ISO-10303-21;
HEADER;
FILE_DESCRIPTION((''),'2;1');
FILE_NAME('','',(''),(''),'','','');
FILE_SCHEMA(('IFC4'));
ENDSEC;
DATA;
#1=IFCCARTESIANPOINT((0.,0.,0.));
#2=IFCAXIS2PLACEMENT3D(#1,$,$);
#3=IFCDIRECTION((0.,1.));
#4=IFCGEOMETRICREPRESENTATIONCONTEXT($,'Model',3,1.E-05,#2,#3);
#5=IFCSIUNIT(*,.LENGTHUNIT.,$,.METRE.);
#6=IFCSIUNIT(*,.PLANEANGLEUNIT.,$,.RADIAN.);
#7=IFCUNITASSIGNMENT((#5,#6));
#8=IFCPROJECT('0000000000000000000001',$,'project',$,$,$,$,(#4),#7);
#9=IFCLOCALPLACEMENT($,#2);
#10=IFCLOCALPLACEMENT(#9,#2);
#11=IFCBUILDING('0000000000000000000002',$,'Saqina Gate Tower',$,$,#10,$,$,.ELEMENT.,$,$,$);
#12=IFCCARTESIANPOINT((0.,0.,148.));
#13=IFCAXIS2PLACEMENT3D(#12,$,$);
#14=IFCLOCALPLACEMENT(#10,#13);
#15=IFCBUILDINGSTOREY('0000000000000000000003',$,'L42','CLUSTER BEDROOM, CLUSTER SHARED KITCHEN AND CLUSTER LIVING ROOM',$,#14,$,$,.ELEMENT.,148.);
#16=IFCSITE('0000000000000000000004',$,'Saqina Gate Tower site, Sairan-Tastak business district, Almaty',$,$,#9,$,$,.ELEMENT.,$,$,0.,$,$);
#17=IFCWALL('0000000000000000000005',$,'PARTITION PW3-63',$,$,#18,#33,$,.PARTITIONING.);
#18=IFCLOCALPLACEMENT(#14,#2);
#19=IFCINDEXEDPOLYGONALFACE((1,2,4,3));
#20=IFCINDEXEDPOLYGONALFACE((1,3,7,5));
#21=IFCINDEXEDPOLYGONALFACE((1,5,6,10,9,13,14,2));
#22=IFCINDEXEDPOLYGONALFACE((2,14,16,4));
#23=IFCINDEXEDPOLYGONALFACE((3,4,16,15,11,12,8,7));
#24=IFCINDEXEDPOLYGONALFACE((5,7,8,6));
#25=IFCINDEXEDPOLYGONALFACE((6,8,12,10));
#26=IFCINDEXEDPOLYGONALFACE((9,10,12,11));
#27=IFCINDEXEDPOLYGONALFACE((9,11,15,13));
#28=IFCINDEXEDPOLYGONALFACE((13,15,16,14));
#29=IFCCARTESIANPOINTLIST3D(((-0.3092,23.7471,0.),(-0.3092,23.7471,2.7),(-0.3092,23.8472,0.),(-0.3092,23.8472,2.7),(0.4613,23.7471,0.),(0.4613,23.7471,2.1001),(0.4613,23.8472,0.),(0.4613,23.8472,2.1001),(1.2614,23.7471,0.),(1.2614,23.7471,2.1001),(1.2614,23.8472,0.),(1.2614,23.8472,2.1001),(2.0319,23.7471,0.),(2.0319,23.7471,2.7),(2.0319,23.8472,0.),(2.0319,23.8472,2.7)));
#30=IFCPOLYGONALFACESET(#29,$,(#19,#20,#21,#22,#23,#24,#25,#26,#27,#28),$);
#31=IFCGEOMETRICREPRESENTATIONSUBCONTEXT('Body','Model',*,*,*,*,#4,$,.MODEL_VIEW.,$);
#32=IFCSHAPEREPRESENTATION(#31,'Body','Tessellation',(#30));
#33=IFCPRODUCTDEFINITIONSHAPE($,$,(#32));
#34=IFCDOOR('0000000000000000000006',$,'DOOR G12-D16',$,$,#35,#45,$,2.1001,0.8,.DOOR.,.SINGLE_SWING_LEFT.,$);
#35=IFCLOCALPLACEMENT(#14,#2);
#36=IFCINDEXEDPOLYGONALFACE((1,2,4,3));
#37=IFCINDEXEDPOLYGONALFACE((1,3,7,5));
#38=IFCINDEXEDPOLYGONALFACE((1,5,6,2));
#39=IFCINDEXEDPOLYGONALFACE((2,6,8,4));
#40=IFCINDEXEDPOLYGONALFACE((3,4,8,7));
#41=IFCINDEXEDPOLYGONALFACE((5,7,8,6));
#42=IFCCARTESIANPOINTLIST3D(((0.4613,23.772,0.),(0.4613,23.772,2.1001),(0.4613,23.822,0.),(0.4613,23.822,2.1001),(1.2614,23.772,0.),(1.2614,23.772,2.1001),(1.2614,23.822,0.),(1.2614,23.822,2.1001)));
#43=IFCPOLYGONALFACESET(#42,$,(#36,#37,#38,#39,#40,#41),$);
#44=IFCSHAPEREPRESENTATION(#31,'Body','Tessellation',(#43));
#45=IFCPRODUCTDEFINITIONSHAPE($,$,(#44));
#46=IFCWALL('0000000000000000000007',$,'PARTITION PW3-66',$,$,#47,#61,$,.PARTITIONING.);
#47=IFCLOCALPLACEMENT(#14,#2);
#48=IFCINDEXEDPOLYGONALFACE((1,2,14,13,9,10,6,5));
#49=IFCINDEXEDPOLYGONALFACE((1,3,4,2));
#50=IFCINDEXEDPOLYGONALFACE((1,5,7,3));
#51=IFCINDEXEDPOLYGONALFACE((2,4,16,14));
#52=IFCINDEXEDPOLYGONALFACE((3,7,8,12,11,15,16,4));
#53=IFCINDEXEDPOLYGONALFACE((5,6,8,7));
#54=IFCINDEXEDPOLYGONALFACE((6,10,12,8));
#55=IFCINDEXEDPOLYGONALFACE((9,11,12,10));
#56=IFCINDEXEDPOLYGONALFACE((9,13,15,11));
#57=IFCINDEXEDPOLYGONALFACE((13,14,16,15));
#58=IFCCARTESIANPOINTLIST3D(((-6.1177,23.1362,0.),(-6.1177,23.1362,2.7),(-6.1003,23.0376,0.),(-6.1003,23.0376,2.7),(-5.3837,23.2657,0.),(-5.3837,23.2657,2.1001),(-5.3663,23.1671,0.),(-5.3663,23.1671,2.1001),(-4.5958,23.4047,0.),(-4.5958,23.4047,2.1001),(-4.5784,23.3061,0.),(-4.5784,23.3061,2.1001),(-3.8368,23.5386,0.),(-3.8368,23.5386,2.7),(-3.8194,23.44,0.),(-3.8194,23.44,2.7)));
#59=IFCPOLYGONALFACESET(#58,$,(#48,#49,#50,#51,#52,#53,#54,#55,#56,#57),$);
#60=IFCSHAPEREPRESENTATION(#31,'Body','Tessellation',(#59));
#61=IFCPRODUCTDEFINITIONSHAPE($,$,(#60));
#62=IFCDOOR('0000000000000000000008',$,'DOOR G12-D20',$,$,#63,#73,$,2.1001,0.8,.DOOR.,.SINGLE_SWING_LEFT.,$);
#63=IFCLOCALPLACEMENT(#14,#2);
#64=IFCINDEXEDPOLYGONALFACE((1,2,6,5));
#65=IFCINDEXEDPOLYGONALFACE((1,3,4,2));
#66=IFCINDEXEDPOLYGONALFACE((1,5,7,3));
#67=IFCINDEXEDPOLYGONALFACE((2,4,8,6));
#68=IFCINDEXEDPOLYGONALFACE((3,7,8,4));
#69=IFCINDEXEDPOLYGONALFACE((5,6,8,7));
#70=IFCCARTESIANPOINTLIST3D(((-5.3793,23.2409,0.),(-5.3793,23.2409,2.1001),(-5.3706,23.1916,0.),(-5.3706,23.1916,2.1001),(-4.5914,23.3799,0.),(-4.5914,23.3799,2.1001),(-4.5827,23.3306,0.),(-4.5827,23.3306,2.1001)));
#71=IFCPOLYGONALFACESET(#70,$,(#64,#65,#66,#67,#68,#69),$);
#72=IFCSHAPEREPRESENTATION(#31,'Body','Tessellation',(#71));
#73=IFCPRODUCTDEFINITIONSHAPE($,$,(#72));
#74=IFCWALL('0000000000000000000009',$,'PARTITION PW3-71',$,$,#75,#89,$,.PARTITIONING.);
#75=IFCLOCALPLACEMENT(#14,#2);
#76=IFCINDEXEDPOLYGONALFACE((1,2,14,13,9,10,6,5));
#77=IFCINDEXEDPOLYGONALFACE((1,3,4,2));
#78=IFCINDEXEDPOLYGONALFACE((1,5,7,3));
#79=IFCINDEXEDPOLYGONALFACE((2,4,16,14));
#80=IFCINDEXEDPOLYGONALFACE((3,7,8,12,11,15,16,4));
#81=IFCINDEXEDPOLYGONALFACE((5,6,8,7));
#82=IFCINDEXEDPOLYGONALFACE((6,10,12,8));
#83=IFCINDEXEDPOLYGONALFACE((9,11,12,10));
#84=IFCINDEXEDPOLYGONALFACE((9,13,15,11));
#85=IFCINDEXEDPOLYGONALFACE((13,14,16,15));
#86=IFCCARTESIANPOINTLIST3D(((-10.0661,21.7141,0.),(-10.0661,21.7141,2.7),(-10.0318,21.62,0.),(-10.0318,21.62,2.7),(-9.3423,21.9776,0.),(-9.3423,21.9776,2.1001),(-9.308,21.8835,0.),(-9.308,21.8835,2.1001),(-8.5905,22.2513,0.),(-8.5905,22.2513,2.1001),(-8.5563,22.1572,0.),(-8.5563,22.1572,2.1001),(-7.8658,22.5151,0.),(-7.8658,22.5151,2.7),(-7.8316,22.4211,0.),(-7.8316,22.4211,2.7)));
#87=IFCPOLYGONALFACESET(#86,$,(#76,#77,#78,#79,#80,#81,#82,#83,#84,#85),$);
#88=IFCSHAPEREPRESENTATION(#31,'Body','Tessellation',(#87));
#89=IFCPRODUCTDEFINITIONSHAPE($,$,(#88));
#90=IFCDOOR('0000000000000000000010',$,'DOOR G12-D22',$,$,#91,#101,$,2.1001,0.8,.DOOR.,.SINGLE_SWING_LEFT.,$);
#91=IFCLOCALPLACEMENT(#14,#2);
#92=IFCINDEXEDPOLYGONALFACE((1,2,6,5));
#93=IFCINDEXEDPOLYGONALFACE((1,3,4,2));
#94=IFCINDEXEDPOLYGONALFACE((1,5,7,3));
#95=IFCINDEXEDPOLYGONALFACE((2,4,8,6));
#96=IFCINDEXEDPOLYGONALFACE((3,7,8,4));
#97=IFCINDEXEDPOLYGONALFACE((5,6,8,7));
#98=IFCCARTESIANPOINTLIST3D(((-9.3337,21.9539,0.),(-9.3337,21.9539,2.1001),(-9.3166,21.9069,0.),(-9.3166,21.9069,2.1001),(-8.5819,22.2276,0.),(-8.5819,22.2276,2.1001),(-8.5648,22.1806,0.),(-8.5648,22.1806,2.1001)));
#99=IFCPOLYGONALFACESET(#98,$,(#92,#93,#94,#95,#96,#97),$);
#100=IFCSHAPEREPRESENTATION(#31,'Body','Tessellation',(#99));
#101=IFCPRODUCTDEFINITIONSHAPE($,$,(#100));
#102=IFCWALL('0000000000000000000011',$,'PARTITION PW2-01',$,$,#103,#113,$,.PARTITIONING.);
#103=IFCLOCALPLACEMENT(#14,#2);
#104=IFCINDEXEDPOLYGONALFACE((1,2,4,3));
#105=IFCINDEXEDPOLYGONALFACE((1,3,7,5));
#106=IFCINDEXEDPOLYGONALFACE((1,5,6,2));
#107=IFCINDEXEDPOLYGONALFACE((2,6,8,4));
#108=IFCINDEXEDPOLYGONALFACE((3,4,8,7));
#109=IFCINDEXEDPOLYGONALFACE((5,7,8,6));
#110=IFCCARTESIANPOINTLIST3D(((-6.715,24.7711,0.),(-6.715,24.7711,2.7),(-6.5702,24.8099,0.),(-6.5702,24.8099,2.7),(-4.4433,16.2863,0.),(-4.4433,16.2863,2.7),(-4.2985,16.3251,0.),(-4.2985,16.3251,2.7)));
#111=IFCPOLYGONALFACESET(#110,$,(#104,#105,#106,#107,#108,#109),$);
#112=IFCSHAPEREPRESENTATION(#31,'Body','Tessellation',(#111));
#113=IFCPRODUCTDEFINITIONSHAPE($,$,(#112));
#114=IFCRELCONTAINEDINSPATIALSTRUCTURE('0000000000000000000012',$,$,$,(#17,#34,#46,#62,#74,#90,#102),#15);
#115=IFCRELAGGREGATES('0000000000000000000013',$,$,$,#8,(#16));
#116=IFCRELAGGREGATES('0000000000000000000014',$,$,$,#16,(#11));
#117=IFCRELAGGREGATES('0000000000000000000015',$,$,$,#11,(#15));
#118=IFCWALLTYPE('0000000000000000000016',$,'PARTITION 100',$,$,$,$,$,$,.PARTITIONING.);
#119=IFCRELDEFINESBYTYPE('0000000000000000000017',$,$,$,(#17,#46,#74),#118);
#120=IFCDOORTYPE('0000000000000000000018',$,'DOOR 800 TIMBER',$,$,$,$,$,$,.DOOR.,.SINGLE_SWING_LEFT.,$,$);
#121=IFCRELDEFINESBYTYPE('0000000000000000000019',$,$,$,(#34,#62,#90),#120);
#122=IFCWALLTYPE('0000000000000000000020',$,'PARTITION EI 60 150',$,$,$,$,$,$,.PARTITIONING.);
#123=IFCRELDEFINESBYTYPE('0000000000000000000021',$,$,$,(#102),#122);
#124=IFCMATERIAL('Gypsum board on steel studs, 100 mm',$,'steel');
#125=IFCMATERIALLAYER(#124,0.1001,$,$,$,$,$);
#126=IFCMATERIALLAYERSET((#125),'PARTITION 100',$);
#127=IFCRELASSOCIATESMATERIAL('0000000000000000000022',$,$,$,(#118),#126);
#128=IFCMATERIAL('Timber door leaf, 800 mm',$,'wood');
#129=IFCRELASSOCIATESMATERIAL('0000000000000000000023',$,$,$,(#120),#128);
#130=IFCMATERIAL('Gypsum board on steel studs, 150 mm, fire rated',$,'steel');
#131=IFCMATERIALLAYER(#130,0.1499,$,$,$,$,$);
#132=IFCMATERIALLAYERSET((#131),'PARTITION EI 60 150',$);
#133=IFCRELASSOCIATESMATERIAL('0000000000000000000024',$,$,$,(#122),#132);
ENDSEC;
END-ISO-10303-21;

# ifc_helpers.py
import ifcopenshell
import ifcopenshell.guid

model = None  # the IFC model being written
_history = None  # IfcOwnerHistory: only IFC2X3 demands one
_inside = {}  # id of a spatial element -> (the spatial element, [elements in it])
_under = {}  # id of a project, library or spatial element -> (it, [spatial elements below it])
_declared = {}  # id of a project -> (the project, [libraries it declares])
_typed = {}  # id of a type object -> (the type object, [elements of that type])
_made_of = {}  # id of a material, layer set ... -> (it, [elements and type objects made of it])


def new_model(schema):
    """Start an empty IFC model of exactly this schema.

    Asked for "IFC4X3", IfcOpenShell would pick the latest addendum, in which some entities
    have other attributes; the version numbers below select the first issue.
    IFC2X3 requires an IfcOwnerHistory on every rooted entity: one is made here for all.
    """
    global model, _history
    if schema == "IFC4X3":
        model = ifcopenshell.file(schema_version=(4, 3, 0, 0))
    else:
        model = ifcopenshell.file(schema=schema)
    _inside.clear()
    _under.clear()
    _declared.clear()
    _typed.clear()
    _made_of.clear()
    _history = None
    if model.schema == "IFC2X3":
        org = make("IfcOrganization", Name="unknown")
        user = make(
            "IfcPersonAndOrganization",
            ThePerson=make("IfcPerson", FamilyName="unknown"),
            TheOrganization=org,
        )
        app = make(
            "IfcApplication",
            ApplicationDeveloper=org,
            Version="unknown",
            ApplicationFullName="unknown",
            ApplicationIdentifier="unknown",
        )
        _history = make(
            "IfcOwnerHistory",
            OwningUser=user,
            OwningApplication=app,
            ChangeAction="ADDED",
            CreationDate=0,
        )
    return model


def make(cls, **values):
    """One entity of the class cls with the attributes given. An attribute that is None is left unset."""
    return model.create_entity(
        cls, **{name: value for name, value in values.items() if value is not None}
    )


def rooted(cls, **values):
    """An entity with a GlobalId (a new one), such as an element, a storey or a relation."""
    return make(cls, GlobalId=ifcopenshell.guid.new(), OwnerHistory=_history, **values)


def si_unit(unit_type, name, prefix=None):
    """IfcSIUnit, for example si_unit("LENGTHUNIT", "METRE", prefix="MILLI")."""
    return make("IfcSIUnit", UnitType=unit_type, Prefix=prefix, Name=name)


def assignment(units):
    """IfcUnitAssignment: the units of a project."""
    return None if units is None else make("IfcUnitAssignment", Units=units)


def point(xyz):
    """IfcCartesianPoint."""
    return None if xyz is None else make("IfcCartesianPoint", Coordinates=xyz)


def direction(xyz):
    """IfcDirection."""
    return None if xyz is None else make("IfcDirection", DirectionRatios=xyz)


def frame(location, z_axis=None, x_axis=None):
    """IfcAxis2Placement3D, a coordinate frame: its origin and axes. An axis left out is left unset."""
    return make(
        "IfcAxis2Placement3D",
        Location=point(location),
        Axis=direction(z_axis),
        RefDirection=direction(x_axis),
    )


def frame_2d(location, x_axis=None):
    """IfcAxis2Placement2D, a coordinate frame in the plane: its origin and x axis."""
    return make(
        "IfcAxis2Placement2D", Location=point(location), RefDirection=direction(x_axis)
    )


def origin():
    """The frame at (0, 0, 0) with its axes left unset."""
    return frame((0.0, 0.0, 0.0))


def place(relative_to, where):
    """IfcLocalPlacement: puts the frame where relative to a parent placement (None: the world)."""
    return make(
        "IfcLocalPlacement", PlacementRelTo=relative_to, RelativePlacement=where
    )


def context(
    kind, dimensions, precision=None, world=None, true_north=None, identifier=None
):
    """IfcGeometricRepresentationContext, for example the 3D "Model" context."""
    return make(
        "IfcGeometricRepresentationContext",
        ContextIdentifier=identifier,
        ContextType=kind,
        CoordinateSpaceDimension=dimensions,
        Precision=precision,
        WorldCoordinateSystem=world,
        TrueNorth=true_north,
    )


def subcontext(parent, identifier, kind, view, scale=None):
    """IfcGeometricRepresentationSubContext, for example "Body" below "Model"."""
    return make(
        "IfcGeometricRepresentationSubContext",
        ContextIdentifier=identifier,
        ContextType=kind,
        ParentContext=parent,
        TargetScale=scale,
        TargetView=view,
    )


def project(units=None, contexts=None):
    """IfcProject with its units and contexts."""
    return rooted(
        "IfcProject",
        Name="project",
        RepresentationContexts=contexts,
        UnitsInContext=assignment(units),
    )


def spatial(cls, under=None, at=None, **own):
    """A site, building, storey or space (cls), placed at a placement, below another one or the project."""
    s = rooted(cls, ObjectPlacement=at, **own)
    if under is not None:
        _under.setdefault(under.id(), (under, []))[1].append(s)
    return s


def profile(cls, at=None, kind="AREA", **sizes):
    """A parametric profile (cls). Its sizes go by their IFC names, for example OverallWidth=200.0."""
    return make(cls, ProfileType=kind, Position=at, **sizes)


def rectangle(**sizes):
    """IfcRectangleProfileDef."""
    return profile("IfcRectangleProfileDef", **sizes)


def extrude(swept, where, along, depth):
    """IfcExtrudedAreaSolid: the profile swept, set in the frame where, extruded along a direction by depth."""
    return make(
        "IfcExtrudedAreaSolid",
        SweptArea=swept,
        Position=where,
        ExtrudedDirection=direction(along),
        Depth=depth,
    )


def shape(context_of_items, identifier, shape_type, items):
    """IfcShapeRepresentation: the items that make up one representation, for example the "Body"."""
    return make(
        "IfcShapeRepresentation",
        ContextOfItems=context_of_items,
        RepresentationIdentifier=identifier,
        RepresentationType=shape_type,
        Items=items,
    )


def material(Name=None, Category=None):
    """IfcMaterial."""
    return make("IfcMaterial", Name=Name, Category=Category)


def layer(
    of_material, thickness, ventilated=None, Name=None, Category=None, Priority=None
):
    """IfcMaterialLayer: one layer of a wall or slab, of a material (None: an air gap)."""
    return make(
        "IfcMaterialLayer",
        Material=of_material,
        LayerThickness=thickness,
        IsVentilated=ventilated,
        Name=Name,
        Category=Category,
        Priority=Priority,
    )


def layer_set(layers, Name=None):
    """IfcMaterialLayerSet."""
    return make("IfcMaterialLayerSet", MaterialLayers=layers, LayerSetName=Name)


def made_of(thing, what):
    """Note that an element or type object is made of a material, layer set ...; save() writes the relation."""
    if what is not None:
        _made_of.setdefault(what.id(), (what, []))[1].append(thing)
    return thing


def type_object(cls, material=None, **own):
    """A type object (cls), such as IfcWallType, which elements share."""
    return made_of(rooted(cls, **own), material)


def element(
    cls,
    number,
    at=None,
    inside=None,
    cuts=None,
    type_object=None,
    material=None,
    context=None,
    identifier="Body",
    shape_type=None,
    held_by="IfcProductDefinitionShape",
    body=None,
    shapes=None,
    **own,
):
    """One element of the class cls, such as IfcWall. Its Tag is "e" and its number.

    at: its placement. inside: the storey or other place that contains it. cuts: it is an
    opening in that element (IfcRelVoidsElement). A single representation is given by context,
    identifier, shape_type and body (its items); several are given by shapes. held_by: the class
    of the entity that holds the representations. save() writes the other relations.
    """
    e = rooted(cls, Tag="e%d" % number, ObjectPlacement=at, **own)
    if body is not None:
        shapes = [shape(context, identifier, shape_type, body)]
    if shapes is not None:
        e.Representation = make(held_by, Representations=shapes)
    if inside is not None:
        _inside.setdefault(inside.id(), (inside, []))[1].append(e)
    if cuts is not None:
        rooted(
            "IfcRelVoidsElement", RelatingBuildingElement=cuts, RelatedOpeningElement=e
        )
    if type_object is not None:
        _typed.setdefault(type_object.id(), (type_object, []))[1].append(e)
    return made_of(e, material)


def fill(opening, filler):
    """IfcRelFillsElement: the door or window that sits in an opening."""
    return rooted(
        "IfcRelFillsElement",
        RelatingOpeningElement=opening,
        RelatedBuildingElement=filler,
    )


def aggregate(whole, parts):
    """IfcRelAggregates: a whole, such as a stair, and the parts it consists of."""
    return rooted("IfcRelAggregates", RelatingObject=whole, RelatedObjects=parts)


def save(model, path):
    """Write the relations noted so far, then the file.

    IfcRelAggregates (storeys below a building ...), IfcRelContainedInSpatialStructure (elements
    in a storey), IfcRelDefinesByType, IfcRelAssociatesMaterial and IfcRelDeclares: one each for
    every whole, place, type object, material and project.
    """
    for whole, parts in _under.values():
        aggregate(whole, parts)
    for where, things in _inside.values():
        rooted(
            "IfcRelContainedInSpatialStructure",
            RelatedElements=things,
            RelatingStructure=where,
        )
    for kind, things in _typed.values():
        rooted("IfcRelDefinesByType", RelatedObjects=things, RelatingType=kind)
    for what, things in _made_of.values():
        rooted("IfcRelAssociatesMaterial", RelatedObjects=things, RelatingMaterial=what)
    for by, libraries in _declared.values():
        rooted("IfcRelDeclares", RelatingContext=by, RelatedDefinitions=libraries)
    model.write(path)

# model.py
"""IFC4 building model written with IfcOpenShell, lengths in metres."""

from ifc_helpers import new_model, si_unit, direction, frame, frame_2d, origin, place, context, subcontext, project, spatial, rectangle, extrude, material, layer, layer_set, type_object, element, fill, save


model = new_model("IFC4")

# Units and contexts
model_context = context("Model", 3, precision=1e-05, world=origin(), true_north=direction((0.0, 1.0)))
body_context = subcontext(model_context, "Body", "Model", "MODEL_VIEW")
ifc_project = project(units=[si_unit("LENGTHUNIT", "METRE"), si_unit("PLANEANGLEUNIT", "RADIAN")], contexts=[model_context])

# Site, building, storey
site_placement = place(None, origin())
site = spatial("IfcSite", under=ifc_project, at=site_placement, Name="Saqina Gate Tower site, Sairan-Tastak business district, Almaty", CompositionType="ELEMENT", RefElevation=0.0)
building_placement = place(site_placement, origin())
building = spatial("IfcBuilding", under=site, at=building_placement, Name="Saqina Gate Tower", CompositionType="ELEMENT")
storey_placement = place(building_placement, frame((0.0, 0.0, 148.0)))
storey = spatial("IfcBuildingStorey", under=building, at=storey_placement, Name="L42", Description="CLUSTER BEDROOM, CLUSTER SHARED KITCHEN AND CLUSTER LIVING ROOM", CompositionType="ELEMENT", Elevation=148.0)

# Shared definitions
ifc_material_1 = material(Name="Gypsum board on steel studs, 100 mm", Category="steel")
ifc_layer_1 = layer(ifc_material_1, 0.1001)
ifc_layer_set_1 = layer_set([ifc_layer_1], Name="PARTITION 100")
wall_type_1 = type_object("IfcWallType", Name="PARTITION 100", PredefinedType="PARTITIONING", material=ifc_layer_set_1)

# Walls, openings, doors
wall_1_placement = place(storey_placement, frame((-0.3091, 23.7971, 0.0), z_axis=(0.0, 0.0, 1.0), x_axis=(1.0, 0.0, 0.0)))
wall_1 = element("IfcWall", 1, at=wall_1_placement, inside=storey, type_object=wall_type_1, Name="PARTITION PW3-63", PredefinedType="PARTITIONING", context=body_context, shape_type="SweptSolid", body=[
    extrude(rectangle(XDim=2.3411, YDim=0.1001, at=frame_2d((1.1704, 0.0))), origin(), (0.0, 0.0, 1.0), 2.7),
])
opening_1_placement = place(wall_1_placement, frame((0.7705, 0.0, 0.0)))
opening_1 = element("IfcOpeningElement", 2, at=opening_1_placement, cuts=wall_1, PredefinedType="OPENING", context=body_context, shape_type="SweptSolid", body=[
    extrude(rectangle(XDim=0.8, YDim=2.1001, at=frame_2d((0.3999, 1.05))), frame((0.0, 0.062, 0.0), z_axis=(0.0, -1.0, 0.0), x_axis=(1.0, 0.0, 0.0)), (0.0, 0.0, 1.0), 0.124),
])
ifc_material_2 = material(Name="Timber door leaf, 800 mm", Category="wood")
door_type = type_object("IfcDoorType", Name="DOOR 800 TIMBER", OperationType="SINGLE_SWING_LEFT", PredefinedType="DOOR", material=ifc_material_2)
door_1_placement = place(opening_1_placement, origin())
door_1 = element("IfcDoor", 3, at=door_1_placement, inside=storey, type_object=door_type, Name="DOOR G12-D16", OperationType="SINGLE_SWING_LEFT", OverallHeight=2.1001, OverallWidth=0.8, PredefinedType="DOOR", context=body_context, shape_type="SweptSolid", body=[
    extrude(rectangle(XDim=0.8, YDim=2.1001, at=frame_2d((0.3999, 1.05))), frame((0.0, 0.0249, 0.0), z_axis=(0.0, -1.0, 0.0), x_axis=(1.0, 0.0, 0.0)), (0.0, 0.0, 1.0), 0.05),
])
fill(opening_1, door_1)
wall_2_placement = place(storey_placement, frame((-6.1091, 23.0869, 0.0), z_axis=(0.0, 0.0, 1.0), x_axis=(0.984797, 0.173707, 0.0)))
wall_2 = element("IfcWall", 4, at=wall_2_placement, inside=storey, type_object=wall_type_1, Name="PARTITION PW3-66", PredefinedType="PARTITIONING", context=body_context, shape_type="SweptSolid", body=[
    extrude(rectangle(XDim=2.3162, YDim=0.1001, at=frame_2d((1.1582, 0.0))), origin(), (0.0, 0.0, 1.0), 2.7),
])
opening_2_placement = place(wall_2_placement, frame((0.7456, 0.0, 0.0)))
opening_2 = element("IfcOpeningElement", 5, at=opening_2_placement, cuts=wall_2, PredefinedType="OPENING", context=body_context, shape_type="SweptSolid", body=[
    extrude(rectangle(XDim=0.8, YDim=2.1001, at=frame_2d((0.3999, 1.05))), frame((0.0, 0.062, 0.0), z_axis=(0.0, -1.0, 0.0), x_axis=(1.0, 0.0, 0.0)), (0.0, 0.0, 1.0), 0.124),
])
door_2_placement = place(opening_2_placement, origin())
door_2 = element("IfcDoor", 6, at=door_2_placement, inside=storey, type_object=door_type, Name="DOOR G12-D20", OperationType="SINGLE_SWING_LEFT", OverallHeight=2.1001, OverallWidth=0.8, PredefinedType="DOOR", context=body_context, shape_type="SweptSolid", body=[
    extrude(rectangle(XDim=0.8, YDim=2.1001, at=frame_2d((0.3999, 1.05))), frame((0.0, 0.0249, 0.0), z_axis=(0.0, -1.0, 0.0), x_axis=(1.0, 0.0, 0.0)), (0.0, 0.0, 1.0), 0.05),
])
fill(opening_2, door_2)
wall_3_placement = place(storey_placement, frame((-10.0491, 21.667, 0.0), z_axis=(0.0, 0.0, 1.0), x_axis=(0.939662, 0.342103, 0.0)))
wall_3 = element("IfcWall", 7, at=wall_3_placement, inside=storey, type_object=wall_type_1, Name="PARTITION PW3-71", PredefinedType="PARTITIONING", context=body_context, shape_type="SweptSolid", body=[
    extrude(rectangle(XDim=2.3416, YDim=0.1001, at=frame_2d((1.1709, 0.0))), origin(), (0.0, 0.0, 1.0), 2.7),
])
opening_3_placement = place(wall_3_placement, frame((0.7705, 0.0, 0.0)))
opening_3 = element("IfcOpeningElement", 8, at=opening_3_placement, cuts=wall_3, PredefinedType="OPENING", context=body_context, shape_type="SweptSolid", body=[
    extrude(rectangle(XDim=0.8, YDim=2.1001, at=frame_2d((0.3999, 1.05))), frame((0.0, 0.062, 0.0), z_axis=(0.0, -1.0, 0.0), x_axis=(1.0, 0.0, 0.0)), (0.0, 0.0, 1.0), 0.124),
])
door_3_placement = place(opening_3_placement, origin())
door_3 = element("IfcDoor", 9, at=door_3_placement, inside=storey, type_object=door_type, Name="DOOR G12-D22", OperationType="SINGLE_SWING_LEFT", OverallHeight=2.1001, OverallWidth=0.8, PredefinedType="DOOR", context=body_context, shape_type="SweptSolid", body=[
    extrude(rectangle(XDim=0.8, YDim=2.1001, at=frame_2d((0.3999, 1.05))), frame((0.0, 0.0249, 0.0), z_axis=(0.0, -1.0, 0.0), x_axis=(1.0, 0.0, 0.0)), (0.0, 0.0, 1.0), 0.05),
])
fill(opening_3, door_3)

# Wall
ifc_material_3 = material(Name="Gypsum board on steel studs, 150 mm, fire rated", Category="steel")
ifc_layer_2 = layer(ifc_material_3, 0.1499)
ifc_layer_set_2 = layer_set([ifc_layer_2], Name="PARTITION EI 60 150")
wall_type_2 = type_object("IfcWallType", Name="PARTITION EI 60 150", PredefinedType="PARTITIONING", material=ifc_layer_set_2)
wall_4_placement = place(storey_placement, frame((-6.6426, 24.7905, 0.0), z_axis=(0.0, 0.0, 1.0), x_axis=(0.25863, -0.965977, 0.0)))
element("IfcWall", 10, at=wall_4_placement, inside=storey, type_object=wall_type_2, Name="PARTITION PW2-01", PredefinedType="PARTITIONING", context=body_context, shape_type="SweptSolid", body=[
    extrude(rectangle(XDim=8.7837, YDim=0.1499, at=frame_2d((4.3918, 0.0))), origin(), (0.0, 0.0, 1.0), 2.7),
])

save(model, "model.ifc")
